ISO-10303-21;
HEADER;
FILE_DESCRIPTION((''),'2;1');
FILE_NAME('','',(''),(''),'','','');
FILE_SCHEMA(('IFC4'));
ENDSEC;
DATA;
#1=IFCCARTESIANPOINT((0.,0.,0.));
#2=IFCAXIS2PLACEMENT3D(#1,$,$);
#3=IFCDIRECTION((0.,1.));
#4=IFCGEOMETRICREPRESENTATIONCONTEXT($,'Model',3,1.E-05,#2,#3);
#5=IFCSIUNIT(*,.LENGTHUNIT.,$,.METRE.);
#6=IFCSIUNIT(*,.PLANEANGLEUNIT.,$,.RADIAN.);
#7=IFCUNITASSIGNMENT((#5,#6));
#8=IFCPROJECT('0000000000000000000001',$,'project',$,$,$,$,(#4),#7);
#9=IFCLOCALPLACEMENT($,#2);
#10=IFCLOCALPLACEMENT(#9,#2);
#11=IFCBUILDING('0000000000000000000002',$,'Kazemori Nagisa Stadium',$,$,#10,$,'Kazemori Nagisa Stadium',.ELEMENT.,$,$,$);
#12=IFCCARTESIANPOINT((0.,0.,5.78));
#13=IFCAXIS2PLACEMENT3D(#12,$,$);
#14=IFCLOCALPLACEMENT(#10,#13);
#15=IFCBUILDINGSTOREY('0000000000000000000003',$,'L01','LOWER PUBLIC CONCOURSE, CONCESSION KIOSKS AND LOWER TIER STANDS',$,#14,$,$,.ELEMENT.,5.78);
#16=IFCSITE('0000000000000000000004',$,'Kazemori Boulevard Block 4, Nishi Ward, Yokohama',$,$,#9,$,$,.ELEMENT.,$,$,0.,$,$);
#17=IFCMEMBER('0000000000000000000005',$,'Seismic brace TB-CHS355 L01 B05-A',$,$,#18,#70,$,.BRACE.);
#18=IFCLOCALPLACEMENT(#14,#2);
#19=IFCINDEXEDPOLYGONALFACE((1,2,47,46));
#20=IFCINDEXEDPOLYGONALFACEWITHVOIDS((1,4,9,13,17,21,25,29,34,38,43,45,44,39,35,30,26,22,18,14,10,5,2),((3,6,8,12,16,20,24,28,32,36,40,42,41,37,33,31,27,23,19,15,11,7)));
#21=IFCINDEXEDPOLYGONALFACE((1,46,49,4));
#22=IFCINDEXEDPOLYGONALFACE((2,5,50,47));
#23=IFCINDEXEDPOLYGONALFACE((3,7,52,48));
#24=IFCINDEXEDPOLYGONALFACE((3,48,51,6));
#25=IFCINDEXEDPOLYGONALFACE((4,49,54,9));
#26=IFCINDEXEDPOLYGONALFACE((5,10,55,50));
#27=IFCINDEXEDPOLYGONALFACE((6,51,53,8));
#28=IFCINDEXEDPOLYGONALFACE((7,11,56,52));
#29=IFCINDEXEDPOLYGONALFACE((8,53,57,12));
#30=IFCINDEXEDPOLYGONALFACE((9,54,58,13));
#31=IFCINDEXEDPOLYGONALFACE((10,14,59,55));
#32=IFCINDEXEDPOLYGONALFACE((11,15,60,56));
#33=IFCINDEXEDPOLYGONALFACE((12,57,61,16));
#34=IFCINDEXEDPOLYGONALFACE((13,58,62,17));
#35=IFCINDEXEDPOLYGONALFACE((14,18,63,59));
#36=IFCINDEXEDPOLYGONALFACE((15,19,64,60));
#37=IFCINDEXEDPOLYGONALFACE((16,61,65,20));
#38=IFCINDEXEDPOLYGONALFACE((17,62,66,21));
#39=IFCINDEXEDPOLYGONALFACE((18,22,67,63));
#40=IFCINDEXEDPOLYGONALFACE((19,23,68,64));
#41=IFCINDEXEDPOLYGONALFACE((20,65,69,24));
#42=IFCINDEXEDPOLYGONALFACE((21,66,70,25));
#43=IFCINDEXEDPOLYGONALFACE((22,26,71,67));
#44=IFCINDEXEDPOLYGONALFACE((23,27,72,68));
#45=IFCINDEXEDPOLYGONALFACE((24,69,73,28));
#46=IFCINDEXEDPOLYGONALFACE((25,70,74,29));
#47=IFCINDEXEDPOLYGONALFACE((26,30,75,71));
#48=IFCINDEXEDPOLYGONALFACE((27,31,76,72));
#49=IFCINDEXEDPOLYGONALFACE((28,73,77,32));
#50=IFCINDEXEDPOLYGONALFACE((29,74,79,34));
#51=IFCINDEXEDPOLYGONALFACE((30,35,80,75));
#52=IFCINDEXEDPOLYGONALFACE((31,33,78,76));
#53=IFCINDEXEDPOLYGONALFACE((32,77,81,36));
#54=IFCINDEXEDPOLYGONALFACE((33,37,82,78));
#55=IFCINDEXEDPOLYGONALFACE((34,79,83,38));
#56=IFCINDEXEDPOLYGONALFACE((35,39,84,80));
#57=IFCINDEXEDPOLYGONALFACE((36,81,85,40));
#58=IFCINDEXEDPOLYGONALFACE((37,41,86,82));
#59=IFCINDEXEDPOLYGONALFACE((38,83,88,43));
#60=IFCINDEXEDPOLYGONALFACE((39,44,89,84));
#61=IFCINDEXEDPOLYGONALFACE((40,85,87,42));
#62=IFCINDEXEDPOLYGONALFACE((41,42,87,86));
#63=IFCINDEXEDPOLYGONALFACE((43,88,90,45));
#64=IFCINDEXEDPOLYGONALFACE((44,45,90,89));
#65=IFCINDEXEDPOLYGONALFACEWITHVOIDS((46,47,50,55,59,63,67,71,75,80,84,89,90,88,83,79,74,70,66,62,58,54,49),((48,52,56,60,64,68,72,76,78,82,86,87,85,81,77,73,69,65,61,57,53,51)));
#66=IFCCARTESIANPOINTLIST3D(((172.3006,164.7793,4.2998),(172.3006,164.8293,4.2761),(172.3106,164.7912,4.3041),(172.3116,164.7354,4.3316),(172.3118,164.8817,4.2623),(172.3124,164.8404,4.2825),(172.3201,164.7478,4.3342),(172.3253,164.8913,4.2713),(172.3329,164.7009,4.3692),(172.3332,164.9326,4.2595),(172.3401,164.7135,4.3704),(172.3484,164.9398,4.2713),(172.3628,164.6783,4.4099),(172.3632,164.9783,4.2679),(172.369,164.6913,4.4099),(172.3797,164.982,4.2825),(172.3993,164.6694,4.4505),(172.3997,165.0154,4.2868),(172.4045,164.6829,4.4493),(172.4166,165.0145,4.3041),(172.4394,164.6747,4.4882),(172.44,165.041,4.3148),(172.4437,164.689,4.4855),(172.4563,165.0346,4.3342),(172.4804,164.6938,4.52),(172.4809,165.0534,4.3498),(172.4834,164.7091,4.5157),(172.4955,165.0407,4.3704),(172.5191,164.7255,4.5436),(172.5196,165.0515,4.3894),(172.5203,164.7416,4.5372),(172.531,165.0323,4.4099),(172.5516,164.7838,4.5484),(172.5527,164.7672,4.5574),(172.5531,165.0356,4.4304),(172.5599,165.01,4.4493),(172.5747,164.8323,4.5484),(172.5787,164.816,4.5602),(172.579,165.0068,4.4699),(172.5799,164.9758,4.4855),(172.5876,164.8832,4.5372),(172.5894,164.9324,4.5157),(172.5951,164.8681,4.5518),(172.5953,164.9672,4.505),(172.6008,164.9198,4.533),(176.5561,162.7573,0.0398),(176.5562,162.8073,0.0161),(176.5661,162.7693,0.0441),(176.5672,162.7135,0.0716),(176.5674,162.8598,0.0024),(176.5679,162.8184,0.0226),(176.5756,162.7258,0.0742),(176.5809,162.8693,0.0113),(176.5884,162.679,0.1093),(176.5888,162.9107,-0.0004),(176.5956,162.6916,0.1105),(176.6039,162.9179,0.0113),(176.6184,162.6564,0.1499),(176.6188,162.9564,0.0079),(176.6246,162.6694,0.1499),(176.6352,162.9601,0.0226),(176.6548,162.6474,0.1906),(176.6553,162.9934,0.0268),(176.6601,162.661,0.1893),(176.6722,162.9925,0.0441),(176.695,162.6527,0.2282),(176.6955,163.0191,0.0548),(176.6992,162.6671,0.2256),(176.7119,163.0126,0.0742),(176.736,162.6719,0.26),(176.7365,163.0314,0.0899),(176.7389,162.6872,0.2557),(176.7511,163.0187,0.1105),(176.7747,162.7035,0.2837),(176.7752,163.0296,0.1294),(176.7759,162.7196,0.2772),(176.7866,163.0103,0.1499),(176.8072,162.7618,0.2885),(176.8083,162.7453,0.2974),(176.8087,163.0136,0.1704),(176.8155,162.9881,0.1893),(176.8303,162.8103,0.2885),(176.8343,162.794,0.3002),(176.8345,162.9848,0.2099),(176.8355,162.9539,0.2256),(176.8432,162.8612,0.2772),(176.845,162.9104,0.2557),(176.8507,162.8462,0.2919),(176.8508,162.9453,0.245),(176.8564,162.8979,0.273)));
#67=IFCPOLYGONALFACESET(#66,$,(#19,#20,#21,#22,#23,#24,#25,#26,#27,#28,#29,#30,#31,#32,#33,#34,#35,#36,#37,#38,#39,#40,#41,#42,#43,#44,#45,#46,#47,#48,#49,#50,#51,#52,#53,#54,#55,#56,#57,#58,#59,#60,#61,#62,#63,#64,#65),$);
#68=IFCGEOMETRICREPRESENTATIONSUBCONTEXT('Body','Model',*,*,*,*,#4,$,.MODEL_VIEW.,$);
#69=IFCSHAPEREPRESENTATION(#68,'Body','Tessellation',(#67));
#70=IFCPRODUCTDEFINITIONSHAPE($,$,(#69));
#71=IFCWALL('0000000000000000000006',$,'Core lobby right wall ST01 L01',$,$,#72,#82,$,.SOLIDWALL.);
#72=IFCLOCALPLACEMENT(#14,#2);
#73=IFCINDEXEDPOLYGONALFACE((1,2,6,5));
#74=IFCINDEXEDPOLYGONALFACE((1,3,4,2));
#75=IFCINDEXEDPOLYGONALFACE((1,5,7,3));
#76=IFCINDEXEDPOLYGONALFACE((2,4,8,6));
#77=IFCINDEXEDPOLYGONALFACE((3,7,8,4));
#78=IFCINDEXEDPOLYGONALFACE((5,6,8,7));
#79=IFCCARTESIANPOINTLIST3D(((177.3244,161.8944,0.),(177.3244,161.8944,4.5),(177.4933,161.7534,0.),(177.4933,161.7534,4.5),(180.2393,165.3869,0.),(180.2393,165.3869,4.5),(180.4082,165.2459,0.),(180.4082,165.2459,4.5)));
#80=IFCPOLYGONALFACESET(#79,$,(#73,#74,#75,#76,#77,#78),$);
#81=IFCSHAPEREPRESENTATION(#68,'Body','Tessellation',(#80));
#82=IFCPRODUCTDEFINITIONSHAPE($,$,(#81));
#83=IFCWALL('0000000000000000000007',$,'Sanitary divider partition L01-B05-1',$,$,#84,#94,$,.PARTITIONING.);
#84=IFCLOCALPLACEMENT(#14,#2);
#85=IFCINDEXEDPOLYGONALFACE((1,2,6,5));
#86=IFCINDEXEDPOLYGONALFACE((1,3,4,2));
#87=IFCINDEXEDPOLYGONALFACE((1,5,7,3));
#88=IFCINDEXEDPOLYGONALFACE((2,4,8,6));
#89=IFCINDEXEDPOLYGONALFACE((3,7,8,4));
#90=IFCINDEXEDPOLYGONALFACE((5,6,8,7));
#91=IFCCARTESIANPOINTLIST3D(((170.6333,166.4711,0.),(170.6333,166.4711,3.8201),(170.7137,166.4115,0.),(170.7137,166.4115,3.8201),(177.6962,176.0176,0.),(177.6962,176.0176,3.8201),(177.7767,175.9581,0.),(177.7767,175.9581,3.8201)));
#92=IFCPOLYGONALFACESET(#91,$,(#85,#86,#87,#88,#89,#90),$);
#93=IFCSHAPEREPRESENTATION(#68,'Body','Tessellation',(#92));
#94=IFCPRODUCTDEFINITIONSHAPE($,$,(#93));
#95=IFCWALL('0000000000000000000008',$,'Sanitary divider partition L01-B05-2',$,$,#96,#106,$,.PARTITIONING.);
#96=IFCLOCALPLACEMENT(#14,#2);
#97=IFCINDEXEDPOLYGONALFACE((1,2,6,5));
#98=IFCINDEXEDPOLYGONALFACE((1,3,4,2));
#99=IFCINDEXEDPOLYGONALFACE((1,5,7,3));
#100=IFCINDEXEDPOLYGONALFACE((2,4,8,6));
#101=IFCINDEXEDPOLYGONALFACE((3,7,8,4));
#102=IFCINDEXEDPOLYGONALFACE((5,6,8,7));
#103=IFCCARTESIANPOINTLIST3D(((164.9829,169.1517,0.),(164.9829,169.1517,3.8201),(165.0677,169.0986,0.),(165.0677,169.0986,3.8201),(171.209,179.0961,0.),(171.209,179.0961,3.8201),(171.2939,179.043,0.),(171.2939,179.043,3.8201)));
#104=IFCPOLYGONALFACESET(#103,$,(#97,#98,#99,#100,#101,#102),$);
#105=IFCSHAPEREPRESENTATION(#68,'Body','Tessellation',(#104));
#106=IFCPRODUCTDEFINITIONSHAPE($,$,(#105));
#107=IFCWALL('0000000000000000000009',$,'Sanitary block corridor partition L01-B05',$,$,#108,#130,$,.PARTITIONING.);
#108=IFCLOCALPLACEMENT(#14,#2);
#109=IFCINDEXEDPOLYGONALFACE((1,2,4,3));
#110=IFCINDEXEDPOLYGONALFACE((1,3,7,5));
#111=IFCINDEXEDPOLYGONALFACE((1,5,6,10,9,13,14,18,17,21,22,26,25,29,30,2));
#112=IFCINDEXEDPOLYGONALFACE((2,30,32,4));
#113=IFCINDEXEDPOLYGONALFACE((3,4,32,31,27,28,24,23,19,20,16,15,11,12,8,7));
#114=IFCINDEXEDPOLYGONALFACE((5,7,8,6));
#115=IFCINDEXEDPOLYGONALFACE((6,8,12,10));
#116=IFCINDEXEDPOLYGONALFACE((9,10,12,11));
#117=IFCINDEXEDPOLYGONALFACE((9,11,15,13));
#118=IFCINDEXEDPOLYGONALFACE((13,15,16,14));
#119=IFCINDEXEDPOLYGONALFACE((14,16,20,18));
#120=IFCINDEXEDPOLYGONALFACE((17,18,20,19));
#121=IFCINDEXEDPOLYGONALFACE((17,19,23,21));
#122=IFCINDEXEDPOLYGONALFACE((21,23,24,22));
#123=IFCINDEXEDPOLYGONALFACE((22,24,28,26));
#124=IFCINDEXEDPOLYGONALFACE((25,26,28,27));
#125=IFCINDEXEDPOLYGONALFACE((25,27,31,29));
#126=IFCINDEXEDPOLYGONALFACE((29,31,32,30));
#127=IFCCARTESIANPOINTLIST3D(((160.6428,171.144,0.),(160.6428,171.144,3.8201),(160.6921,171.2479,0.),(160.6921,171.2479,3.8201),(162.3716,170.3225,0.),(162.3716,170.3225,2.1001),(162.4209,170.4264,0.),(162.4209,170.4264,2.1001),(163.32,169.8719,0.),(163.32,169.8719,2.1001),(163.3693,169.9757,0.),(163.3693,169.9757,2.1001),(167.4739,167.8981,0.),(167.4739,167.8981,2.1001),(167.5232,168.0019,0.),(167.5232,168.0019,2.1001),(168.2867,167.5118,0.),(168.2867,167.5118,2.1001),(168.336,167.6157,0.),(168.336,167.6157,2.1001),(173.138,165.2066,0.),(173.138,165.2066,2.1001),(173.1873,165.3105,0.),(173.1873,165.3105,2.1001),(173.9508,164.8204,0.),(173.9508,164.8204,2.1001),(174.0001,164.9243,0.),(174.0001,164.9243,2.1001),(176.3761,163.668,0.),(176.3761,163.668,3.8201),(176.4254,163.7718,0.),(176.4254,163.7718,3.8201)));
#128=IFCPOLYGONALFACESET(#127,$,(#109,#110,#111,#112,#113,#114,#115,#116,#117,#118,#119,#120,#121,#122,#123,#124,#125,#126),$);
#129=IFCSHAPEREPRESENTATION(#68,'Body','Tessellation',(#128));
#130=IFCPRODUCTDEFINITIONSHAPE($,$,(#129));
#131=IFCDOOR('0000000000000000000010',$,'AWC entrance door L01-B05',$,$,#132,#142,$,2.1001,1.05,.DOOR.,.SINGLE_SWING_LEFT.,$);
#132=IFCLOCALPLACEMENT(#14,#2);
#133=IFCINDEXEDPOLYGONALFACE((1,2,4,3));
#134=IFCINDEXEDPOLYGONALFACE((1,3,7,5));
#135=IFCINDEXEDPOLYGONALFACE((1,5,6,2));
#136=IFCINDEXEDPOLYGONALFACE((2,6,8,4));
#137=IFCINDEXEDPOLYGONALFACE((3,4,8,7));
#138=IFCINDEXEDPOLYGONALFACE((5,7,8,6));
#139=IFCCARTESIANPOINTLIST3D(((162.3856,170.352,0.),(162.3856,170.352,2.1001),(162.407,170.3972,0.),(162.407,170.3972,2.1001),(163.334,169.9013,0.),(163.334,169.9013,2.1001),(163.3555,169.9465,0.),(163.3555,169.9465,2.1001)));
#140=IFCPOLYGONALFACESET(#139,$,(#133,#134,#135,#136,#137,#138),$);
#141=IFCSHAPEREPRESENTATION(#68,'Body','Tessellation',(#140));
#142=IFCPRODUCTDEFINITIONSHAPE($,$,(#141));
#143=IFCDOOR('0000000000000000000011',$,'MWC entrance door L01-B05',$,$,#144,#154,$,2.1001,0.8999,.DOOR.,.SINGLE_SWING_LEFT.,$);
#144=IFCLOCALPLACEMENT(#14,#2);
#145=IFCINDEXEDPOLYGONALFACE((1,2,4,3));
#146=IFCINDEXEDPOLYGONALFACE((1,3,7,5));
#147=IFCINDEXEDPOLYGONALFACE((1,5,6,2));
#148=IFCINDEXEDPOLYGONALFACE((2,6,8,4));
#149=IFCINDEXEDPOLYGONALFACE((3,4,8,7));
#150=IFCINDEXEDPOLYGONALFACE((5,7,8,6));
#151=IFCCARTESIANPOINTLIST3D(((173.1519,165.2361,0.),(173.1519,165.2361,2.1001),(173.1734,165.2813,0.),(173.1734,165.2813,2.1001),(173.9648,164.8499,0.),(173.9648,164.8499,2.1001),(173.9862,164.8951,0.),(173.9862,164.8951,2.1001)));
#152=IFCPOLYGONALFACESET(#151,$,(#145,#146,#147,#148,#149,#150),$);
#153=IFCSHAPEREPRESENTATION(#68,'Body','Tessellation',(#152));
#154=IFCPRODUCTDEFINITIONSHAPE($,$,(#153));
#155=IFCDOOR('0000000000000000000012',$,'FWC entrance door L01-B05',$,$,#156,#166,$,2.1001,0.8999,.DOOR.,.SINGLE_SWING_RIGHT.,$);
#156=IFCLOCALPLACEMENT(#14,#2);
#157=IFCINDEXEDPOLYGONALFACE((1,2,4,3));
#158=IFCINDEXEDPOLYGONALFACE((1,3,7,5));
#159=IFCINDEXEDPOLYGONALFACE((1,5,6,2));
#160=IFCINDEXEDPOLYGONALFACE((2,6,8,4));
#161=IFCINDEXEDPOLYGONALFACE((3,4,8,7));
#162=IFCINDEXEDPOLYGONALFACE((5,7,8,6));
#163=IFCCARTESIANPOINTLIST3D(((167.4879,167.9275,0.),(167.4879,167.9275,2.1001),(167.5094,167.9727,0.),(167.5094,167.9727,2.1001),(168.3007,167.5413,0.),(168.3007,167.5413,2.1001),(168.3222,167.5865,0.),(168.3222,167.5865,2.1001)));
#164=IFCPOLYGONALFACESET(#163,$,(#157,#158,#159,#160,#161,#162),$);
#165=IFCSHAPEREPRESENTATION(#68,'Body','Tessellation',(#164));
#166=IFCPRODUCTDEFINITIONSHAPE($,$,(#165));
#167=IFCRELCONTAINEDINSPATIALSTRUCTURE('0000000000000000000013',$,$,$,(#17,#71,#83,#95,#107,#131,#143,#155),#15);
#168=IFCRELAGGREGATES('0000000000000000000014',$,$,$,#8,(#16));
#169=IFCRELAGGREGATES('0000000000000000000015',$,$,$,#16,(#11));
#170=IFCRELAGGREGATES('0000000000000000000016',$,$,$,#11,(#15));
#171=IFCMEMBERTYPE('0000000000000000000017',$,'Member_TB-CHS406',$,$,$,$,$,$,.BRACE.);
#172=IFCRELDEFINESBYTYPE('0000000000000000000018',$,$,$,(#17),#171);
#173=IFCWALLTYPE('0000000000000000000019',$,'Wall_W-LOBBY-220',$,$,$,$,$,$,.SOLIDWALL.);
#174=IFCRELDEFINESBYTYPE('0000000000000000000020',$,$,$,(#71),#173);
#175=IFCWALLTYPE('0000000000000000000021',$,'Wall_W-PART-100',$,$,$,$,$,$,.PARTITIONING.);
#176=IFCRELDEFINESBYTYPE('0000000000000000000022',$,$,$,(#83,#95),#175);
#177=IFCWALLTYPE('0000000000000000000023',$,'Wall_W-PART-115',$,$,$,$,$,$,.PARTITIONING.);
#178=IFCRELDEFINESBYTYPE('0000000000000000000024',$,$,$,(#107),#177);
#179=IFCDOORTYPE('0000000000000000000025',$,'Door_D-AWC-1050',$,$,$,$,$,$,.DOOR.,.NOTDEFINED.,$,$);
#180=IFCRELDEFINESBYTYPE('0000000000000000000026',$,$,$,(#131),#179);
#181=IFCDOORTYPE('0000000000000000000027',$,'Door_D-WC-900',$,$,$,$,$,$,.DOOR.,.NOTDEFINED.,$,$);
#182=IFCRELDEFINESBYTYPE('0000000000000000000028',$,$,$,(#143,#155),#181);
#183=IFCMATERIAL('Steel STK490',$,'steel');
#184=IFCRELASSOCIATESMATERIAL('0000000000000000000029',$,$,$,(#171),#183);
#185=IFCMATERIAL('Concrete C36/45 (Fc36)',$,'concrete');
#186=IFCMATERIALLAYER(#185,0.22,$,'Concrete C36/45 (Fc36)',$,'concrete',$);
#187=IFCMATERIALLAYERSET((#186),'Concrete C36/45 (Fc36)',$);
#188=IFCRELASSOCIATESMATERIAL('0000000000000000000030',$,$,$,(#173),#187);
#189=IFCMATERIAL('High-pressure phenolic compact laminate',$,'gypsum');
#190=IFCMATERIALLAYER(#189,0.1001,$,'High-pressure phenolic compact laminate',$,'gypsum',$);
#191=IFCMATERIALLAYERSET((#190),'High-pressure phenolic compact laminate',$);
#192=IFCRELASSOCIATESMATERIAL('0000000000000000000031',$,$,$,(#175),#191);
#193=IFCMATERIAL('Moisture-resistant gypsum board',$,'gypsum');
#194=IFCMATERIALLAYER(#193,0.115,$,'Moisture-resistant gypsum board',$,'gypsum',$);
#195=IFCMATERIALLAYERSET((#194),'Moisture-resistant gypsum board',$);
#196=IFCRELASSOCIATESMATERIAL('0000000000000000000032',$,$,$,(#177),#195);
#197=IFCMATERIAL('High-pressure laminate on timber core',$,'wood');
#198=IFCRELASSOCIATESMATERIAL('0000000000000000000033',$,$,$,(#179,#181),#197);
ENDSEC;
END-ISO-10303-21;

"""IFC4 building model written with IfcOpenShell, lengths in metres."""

from ifc_helpers import new_model, si_unit, direction, frame, frame_2d, origin, origin_2d, place, context, subcontext, project, spatial, rectangle, hollow_circle, extrude, material, layer, layer_set, material_profile, profile_set, type_object, element, fill, save


model = new_model("IFC4")

# Units and contexts
model_context = context("Model", 3, precision=1e-05, world=origin(), true_north=direction((0.0, 1.0)))
body_context = subcontext(model_context, "Body", "Model", "MODEL_VIEW")
ifc_project = project(units=[si_unit("LENGTHUNIT", "METRE"), si_unit("PLANEANGLEUNIT", "RADIAN")], contexts=[model_context])

# Site, building, storey
site_placement = place(None, origin())
site = spatial("IfcSite", under=ifc_project, at=site_placement, Name="Kazemori Boulevard Block 4, Nishi Ward, Yokohama", CompositionType="ELEMENT", RefElevation=0.0)
building_placement = place(site_placement, origin())
building = spatial("IfcBuilding", under=site, at=building_placement, Name="Kazemori Nagisa Stadium", LongName="Kazemori Nagisa Stadium", CompositionType="ELEMENT")
storey_placement = place(building_placement, frame((0.0, 0.0, 5.78)))
storey = spatial("IfcBuildingStorey", under=building, at=storey_placement, Name="L01", Description="LOWER PUBLIC CONCOURSE, CONCESSION KIOSKS AND LOWER TIER STANDS", CompositionType="ELEMENT", Elevation=5.78)

# Member
ifc_material_1 = material(Name="Steel STK490", Category="steel")
ifc_material_profile_1 = material_profile(ifc_material_1, hollow_circle(Radius=0.2031, WallThickness=0.0144, at=origin_2d()), Name="CHS-406.4x14.3")
ifc_profile_set_1 = profile_set([ifc_material_profile_1], Name="Steel STK490")
member_type_1 = type_object("IfcMemberType", Name="Member_TB-CHS406", PredefinedType="BRACE", material=ifc_profile_set_1)
member_1_placement = place(storey_placement, frame((176.7056, 162.8398, 0.1499), z_axis=(-0.669978, 0.318327, 0.67067), x_axis=(-0.429153, -0.903232, 0.0)))
element("IfcMember", 1, at=member_1_placement, inside=storey, type_object=member_type_1, Name="Seismic brace TB-CHS355 L01 B05-A", PredefinedType="BRACE", context=body_context, shape_type="SweptSolid", body=[
    extrude(hollow_circle(Radius=0.2031, WallThickness=0.0144, at=origin_2d()), origin(), (0.0, 0.0, 1.0), 6.3518),
])

# Walls
ifc_material_2 = material(Name="Concrete C36/45 (Fc36)", Category="concrete")
ifc_layer_1 = layer(ifc_material_2, 0.22, Name="Concrete C36/45 (Fc36)", Category="concrete")
ifc_layer_set_1 = layer_set([ifc_layer_1], Name="Concrete C36/45 (Fc36)")
wall_type_1 = type_object("IfcWallType", Name="Wall_W-LOBBY-220", PredefinedType="SOLIDWALL", material=ifc_layer_set_1)
wall_1_placement = place(storey_placement, frame((177.4089, 161.824, 0.0), z_axis=(0.0, 0.0, 1.0), x_axis=(0.64076, 0.767742, 0.0)))
element("IfcWall", 2, at=wall_1_placement, inside=storey, type_object=wall_type_1, Name="Core lobby right wall ST01 L01", PredefinedType="SOLIDWALL", context=body_context, shape_type="SweptSolid", body=[
    extrude(rectangle(XDim=4.5491, YDim=0.22, at=frame_2d((2.2744, 0.0))), origin(), (0.0, 0.0, 1.0), 4.5),
])
ifc_material_3 = material(Name="High-pressure phenolic compact laminate", Category="gypsum")
ifc_layer_2 = layer(ifc_material_3, 0.1001, Name="High-pressure phenolic compact laminate", Category="gypsum")
ifc_layer_set_2 = layer_set([ifc_layer_2], Name="High-pressure phenolic compact laminate")
wall_type_2 = type_object("IfcWallType", Name="Wall_W-PART-100", PredefinedType="PARTITIONING", material=ifc_layer_set_2)
wall_2_placement = place(storey_placement, frame((170.6736, 166.4414, 0.0), z_axis=(0.0, 0.0, 1.0), x_axis=(0.59476, 0.803903, 0.0)))
element("IfcWall", 3, at=wall_2_placement, inside=storey, type_object=wall_type_2, Name="Sanitary divider partition L01-B05-1", PredefinedType="PARTITIONING", context=body_context, shape_type="SweptSolid", body=[
    extrude(rectangle(XDim=11.8752, YDim=0.1001, at=frame_2d((5.9375, 0.0))), origin(), (0.0, 0.0, 1.0), 3.8201),
])
wall_3_placement = place(storey_placement, frame((165.0254, 169.1252, 0.0), z_axis=(0.0, 0.0, 1.0), x_axis=(0.530665, 0.847582, 0.0)))
element("IfcWall", 4, at=wall_3_placement, inside=storey, type_object=wall_type_2, Name="Sanitary divider partition L01-B05-2", PredefinedType="PARTITIONING", context=body_context, shape_type="SweptSolid", body=[
    extrude(rectangle(XDim=11.7327, YDim=0.1001, at=frame_2d((5.8662, 0.0))), origin(), (0.0, 0.0, 1.0), 3.8201),
])

# Wall, openings, doors
ifc_material_4 = material(Name="Moisture-resistant gypsum board", Category="gypsum")
ifc_layer_3 = layer(ifc_material_4, 0.115, Name="Moisture-resistant gypsum board", Category="gypsum")
ifc_layer_set_3 = layer_set([ifc_layer_3], Name="Moisture-resistant gypsum board")
wall_type_3 = type_object("IfcWallType", Name="Wall_W-PART-115", PredefinedType="PARTITIONING", material=ifc_layer_set_3)
wall_4_placement = place(storey_placement, frame((176.4006, 163.72, 0.0), z_axis=(0.0, 0.0, 1.0), x_axis=(-0.903217, 0.429184, 0.0)))
wall_4 = element("IfcWall", 5, at=wall_4_placement, inside=storey, type_object=wall_type_3, Name="Sanitary block corridor partition L01-B05", PredefinedType="PARTITIONING", context=body_context, shape_type="SweptSolid", body=[
    extrude(rectangle(XDim=17.4192, YDim=0.115, at=frame_2d((8.7095, 0.0))), origin(), (0.0, 0.0, 1.0), 3.8201),
])
opening_1_placement = place(wall_4_placement, frame((2.6851, 0.0, 0.0)))
opening_1 = element("IfcOpeningElement", 6, at=opening_1_placement, cuts=wall_4, PredefinedType="OPENING", context=body_context, shape_type="SweptSolid", body=[
    extrude(rectangle(XDim=0.8999, YDim=2.1001, at=frame_2d((0.45, 1.05))), frame((0.0, 0.0674, 0.0), z_axis=(0.0, -1.0, 0.0), x_axis=(1.0, 0.0, 0.0)), (0.0, 0.0, 1.0), 0.135),
])
opening_2_placement = place(wall_4_placement, frame((8.9561, 0.0, 0.0)))
opening_2 = element("IfcOpeningElement", 7, at=opening_2_placement, cuts=wall_4, PredefinedType="OPENING", context=body_context, shape_type="SweptSolid", body=[
    extrude(rectangle(XDim=0.8999, YDim=2.1001, at=frame_2d((0.45, 1.05))), frame((0.0, 0.0674, 0.0), z_axis=(0.0, -1.0, 0.0), x_axis=(1.0, 0.0, 0.0)), (0.0, 0.0, 1.0), 0.135),
])
opening_3_placement = place(wall_4_placement, frame((14.4551, 0.0, 0.0)))
opening_3 = element("IfcOpeningElement", 8, at=opening_3_placement, cuts=wall_4, PredefinedType="OPENING", context=body_context, shape_type="SweptSolid", body=[
    extrude(rectangle(XDim=1.05, YDim=2.1001, at=frame_2d((0.5249, 1.05))), frame((0.0, 0.0674, 0.0), z_axis=(0.0, -1.0, 0.0), x_axis=(1.0, 0.0, 0.0)), (0.0, 0.0, 1.0), 0.135),
])
ifc_material_5 = material(Name="High-pressure laminate on timber core", Category="wood")
door_type_1 = type_object("IfcDoorType", Name="Door_D-AWC-1050", OperationType="NOTDEFINED", PredefinedType="DOOR", material=ifc_material_5)
door_1_placement = place(opening_3_placement, origin())
door_1 = element("IfcDoor", 9, at=door_1_placement, inside=storey, type_object=door_type_1, Name="AWC entrance door L01-B05", OperationType="SINGLE_SWING_LEFT", OverallHeight=2.1001, OverallWidth=1.05, PredefinedType="DOOR", context=body_context, shape_type="SweptSolid", body=[
    extrude(rectangle(XDim=1.05, YDim=2.1001, at=frame_2d((0.5249, 1.05))), frame((0.0, 0.0249, 0.0), z_axis=(0.0, -1.0, 0.0), x_axis=(1.0, 0.0, 0.0)), (0.0, 0.0, 1.0), 0.05),
])
fill(opening_3, door_1)
door_type_2 = type_object("IfcDoorType", Name="Door_D-WC-900", OperationType="NOTDEFINED", PredefinedType="DOOR", material=ifc_material_5)
door_2_placement = place(opening_1_placement, origin())
door_2 = element("IfcDoor", 10, at=door_2_placement, inside=storey, type_object=door_type_2, Name="MWC entrance door L01-B05", OperationType="SINGLE_SWING_LEFT", OverallHeight=2.1001, OverallWidth=0.8999, PredefinedType="DOOR", context=body_context, shape_type="SweptSolid", body=[
    extrude(rectangle(XDim=0.8999, YDim=2.1001, at=frame_2d((0.45, 1.05))), frame((0.0, 0.0249, 0.0), z_axis=(0.0, -1.0, 0.0), x_axis=(1.0, 0.0, 0.0)), (0.0, 0.0, 1.0), 0.05),
])
fill(opening_1, door_2)
door_3_placement = place(opening_2_placement, origin())
door_3 = element("IfcDoor", 11, at=door_3_placement, inside=storey, type_object=door_type_2, Name="FWC entrance door L01-B05", OperationType="SINGLE_SWING_RIGHT", OverallHeight=2.1001, OverallWidth=0.8999, PredefinedType="DOOR", context=body_context, shape_type="SweptSolid", body=[
    extrude(rectangle(XDim=0.8999, YDim=2.1001, at=frame_2d((0.45, 1.05))), frame((0.0, 0.0249, 0.0), z_axis=(0.0, -1.0, 0.0), x_axis=(1.0, 0.0, 0.0)), (0.0, 0.0, 1.0), 0.05),
])
fill(opening_2, door_3)

save(model, "model.ifc")
